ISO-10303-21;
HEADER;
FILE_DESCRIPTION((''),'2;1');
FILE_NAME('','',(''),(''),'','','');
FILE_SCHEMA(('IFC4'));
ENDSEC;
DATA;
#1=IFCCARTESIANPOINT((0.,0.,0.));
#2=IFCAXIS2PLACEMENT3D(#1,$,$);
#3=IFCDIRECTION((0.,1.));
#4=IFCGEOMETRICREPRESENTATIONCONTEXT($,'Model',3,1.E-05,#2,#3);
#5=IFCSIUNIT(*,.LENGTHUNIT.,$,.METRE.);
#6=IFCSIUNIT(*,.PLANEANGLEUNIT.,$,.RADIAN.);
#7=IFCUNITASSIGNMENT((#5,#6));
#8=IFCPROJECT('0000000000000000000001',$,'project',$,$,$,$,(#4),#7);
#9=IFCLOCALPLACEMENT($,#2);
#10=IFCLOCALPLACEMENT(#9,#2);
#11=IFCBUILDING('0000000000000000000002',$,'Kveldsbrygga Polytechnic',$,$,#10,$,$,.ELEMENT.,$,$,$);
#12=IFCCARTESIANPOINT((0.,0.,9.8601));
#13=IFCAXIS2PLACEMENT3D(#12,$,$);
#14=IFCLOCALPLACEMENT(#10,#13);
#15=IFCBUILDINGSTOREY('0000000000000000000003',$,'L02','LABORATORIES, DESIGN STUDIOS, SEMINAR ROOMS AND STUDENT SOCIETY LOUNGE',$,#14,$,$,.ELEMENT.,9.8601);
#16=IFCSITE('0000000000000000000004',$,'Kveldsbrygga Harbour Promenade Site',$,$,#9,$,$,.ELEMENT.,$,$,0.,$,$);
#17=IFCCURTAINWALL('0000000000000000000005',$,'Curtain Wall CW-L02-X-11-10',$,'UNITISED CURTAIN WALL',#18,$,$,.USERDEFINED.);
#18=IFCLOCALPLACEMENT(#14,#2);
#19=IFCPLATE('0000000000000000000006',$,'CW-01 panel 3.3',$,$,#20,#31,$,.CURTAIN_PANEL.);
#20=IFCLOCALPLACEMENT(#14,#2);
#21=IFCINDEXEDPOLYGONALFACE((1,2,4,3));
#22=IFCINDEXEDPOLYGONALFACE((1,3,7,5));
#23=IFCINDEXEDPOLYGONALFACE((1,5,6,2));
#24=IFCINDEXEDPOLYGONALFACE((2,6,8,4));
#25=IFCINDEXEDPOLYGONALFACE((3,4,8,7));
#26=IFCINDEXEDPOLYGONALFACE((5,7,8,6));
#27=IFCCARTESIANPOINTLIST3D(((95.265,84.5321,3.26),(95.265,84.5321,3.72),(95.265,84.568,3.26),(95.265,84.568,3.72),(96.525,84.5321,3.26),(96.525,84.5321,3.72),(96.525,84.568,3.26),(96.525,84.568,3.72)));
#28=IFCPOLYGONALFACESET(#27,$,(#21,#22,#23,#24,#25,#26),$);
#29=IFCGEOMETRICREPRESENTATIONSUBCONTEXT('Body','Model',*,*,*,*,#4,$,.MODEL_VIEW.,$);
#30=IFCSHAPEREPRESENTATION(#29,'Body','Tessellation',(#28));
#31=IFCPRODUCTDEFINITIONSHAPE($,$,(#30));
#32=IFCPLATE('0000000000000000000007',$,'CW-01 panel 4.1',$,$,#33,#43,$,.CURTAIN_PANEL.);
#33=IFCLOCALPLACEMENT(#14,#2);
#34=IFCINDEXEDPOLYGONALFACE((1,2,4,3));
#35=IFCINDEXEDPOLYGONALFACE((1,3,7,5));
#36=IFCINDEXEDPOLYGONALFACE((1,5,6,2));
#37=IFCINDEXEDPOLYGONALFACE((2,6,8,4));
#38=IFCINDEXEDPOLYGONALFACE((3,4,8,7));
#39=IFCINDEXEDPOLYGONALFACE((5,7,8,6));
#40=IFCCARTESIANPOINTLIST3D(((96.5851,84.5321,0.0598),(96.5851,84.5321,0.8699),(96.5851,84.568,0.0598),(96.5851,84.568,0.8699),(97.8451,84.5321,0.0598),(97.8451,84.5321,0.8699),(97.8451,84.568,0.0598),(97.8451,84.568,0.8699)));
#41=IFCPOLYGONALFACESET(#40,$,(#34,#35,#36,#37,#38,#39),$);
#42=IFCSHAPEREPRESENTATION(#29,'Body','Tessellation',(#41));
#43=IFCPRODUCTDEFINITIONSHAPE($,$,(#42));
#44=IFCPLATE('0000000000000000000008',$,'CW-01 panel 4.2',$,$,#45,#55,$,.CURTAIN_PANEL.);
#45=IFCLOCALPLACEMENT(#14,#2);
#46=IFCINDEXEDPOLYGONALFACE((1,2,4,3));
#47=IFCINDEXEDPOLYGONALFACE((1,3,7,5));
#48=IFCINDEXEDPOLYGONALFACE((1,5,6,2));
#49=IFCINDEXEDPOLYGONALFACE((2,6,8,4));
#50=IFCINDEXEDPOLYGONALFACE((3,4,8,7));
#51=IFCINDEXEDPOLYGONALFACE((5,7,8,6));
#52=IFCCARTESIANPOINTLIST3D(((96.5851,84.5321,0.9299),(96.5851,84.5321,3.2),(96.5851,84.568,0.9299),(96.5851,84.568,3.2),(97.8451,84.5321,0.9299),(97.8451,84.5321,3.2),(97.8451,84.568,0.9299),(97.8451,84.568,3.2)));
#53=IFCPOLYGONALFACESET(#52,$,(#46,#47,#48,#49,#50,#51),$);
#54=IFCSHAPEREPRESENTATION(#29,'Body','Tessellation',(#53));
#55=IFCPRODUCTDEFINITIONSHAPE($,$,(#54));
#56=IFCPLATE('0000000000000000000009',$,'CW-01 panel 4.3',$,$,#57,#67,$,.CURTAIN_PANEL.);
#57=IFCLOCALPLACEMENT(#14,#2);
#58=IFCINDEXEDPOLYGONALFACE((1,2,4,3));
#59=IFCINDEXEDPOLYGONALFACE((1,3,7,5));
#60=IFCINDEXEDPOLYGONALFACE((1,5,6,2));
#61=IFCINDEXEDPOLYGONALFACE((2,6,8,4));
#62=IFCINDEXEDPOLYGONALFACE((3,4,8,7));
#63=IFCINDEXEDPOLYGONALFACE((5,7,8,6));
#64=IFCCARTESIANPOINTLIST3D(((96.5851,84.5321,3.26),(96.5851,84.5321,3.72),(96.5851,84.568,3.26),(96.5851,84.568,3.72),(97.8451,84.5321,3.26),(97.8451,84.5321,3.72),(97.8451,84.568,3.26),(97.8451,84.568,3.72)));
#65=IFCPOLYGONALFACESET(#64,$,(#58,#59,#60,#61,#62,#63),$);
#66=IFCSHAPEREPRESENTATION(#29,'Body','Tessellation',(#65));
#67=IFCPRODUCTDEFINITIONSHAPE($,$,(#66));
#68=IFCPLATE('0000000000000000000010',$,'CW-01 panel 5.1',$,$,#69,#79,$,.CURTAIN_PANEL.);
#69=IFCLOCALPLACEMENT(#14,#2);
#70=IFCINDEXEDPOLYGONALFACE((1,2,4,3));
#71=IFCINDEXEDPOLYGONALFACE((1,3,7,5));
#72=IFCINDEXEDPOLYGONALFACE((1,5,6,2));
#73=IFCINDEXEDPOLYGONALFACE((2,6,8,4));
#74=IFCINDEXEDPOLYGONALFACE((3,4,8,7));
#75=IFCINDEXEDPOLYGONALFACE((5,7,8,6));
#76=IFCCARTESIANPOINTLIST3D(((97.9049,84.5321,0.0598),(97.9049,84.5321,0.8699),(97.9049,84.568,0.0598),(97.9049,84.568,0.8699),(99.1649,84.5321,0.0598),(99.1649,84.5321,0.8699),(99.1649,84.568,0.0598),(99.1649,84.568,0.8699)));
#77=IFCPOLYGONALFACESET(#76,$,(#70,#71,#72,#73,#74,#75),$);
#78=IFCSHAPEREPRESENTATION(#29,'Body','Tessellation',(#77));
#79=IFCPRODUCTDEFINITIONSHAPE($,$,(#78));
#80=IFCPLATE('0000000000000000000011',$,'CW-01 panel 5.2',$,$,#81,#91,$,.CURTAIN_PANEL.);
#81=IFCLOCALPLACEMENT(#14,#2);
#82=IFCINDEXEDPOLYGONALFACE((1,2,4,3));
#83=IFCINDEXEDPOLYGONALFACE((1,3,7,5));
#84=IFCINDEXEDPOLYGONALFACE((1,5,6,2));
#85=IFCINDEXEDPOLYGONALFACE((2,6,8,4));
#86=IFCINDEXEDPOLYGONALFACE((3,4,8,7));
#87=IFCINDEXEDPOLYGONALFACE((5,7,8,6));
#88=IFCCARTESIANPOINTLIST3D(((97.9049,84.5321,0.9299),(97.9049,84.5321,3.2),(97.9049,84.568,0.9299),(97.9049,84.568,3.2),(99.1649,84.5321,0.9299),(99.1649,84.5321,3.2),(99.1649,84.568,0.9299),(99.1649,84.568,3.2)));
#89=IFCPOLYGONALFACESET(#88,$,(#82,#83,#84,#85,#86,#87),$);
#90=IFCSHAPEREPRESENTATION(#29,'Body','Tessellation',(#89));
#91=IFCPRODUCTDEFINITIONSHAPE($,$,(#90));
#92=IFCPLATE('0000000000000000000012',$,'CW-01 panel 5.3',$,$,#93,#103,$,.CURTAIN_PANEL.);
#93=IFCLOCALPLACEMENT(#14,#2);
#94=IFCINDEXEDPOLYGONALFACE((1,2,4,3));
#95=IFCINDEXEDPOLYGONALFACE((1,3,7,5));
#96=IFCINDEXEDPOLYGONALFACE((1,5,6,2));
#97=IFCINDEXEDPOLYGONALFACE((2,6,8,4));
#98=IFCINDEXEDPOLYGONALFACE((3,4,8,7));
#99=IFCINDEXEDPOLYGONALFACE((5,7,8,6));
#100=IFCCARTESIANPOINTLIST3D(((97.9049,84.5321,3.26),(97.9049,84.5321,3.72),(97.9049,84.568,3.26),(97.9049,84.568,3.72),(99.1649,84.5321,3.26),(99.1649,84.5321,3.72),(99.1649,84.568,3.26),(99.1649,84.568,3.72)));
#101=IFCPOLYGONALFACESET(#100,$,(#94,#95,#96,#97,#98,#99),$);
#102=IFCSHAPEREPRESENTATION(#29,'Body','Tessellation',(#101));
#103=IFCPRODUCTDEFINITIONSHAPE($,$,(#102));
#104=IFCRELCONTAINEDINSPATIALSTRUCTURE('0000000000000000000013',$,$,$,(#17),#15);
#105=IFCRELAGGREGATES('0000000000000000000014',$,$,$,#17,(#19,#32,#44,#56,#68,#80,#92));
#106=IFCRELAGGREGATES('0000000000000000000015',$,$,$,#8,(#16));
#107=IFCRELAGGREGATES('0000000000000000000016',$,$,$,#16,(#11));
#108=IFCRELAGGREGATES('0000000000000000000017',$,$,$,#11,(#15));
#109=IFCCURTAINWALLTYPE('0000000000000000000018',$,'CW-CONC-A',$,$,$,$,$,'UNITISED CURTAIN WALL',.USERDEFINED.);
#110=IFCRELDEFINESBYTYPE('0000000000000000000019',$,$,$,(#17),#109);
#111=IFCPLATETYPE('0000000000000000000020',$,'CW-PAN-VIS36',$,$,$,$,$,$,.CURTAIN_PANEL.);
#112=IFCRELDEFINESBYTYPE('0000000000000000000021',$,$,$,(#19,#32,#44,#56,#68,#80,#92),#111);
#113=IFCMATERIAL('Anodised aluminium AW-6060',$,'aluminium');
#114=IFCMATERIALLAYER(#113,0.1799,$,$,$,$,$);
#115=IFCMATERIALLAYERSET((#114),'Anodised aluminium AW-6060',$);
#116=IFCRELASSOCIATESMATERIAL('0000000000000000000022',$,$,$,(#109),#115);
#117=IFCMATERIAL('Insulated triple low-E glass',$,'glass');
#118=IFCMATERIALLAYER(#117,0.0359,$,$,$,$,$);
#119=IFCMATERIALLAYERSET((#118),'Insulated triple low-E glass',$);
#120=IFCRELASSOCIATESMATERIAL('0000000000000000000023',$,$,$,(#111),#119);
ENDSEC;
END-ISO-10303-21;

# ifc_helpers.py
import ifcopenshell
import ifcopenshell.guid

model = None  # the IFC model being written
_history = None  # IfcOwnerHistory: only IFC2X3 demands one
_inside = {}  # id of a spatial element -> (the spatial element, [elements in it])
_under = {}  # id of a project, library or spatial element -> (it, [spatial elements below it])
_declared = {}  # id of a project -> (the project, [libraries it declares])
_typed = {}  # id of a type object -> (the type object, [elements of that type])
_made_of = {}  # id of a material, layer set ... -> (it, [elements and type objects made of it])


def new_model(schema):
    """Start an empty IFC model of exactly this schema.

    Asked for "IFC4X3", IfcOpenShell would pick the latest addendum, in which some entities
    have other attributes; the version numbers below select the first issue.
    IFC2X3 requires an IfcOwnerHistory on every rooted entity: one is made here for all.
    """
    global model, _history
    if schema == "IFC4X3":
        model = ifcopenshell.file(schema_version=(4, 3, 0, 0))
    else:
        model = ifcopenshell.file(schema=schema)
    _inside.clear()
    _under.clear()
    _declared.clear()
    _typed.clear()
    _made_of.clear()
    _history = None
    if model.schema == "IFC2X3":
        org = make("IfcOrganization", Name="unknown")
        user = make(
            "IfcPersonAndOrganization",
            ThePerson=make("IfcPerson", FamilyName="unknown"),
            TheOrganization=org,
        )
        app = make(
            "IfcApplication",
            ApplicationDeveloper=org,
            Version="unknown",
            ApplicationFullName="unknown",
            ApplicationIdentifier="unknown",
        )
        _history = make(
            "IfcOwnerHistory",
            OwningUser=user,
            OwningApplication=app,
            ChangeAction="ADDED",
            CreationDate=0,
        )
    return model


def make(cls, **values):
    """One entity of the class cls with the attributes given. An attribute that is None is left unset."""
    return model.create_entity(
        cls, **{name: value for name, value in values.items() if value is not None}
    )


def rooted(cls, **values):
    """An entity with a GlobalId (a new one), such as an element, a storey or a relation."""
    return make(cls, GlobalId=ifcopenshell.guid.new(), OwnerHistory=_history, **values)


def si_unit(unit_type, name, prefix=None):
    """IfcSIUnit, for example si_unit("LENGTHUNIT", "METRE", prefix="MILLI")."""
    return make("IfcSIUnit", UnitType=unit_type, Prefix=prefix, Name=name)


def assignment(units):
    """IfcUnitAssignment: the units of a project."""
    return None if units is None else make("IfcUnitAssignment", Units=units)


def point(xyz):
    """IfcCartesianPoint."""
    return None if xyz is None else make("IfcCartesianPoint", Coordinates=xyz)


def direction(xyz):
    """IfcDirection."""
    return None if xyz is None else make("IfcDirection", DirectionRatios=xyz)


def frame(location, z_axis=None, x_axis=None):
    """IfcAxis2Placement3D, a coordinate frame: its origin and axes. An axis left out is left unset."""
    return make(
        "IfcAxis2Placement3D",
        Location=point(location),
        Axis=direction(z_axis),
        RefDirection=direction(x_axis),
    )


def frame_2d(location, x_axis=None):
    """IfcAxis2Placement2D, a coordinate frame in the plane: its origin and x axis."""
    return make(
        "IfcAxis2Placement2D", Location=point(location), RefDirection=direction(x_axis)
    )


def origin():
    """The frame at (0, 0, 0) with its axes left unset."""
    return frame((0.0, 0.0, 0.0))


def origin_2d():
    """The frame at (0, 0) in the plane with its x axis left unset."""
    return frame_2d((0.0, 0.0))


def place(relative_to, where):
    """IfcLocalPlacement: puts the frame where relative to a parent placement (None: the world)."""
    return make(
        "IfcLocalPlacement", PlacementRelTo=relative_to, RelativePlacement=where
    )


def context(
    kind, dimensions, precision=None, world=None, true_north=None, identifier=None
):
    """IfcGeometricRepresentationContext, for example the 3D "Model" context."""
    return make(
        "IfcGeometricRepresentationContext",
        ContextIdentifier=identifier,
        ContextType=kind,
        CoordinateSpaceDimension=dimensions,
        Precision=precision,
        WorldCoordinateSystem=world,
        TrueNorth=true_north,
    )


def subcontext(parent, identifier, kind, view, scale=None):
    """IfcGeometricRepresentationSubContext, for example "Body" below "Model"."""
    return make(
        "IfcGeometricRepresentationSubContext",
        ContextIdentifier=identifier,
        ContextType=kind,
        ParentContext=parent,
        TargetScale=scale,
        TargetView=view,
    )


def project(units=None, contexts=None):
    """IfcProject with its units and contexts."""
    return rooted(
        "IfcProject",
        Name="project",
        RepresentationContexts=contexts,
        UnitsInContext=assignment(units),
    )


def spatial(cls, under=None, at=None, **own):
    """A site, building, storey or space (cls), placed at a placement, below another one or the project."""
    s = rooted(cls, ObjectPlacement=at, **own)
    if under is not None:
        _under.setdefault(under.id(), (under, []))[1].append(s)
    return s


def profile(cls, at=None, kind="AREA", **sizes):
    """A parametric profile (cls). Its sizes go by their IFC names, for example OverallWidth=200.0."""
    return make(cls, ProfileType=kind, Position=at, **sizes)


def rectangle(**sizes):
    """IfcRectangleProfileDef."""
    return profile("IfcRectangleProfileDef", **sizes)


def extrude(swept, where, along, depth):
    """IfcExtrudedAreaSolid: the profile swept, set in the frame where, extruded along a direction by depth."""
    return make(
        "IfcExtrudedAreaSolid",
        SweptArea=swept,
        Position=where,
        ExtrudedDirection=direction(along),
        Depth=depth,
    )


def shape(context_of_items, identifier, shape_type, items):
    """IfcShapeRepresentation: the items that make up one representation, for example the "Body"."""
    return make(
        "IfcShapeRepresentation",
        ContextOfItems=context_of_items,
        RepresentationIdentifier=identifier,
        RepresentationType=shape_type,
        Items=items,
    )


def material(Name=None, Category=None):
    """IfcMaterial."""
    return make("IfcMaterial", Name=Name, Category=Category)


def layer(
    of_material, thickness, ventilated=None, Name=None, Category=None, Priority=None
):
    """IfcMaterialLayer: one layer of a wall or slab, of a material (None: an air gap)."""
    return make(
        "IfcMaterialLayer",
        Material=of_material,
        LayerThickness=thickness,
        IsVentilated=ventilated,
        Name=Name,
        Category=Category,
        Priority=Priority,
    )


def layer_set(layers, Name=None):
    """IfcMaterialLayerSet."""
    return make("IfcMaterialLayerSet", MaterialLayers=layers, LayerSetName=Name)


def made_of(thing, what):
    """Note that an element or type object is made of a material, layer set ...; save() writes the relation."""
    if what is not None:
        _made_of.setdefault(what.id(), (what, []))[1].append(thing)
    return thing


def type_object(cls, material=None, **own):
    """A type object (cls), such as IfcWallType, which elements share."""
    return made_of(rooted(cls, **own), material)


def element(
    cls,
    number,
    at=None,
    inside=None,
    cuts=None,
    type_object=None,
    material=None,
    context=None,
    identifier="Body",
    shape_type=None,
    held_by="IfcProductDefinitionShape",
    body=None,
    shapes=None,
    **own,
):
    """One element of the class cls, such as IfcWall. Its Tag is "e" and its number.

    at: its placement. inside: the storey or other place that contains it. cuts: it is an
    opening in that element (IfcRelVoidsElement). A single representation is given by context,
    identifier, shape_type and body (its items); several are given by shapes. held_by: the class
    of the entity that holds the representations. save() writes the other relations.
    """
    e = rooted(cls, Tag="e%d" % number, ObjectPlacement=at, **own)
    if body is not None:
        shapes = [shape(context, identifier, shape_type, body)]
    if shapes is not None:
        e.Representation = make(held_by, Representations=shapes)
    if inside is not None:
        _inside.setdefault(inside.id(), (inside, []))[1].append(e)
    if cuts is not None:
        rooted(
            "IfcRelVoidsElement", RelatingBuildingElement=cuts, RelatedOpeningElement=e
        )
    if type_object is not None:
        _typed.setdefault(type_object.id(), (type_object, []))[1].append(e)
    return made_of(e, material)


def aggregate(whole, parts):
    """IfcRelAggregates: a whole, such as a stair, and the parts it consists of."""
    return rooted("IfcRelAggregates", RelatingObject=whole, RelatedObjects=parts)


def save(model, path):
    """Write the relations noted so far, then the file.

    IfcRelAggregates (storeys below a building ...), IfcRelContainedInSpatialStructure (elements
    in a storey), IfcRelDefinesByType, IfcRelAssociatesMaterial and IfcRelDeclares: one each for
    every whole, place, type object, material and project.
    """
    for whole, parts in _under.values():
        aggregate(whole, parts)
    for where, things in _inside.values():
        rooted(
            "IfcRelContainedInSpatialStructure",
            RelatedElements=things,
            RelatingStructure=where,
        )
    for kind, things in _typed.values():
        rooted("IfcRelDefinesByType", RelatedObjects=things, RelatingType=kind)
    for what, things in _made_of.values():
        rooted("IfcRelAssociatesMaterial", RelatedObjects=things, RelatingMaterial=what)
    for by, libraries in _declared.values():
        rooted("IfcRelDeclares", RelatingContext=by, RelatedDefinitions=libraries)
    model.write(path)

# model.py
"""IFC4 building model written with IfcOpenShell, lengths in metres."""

from ifc_helpers import new_model, si_unit, direction, frame, origin, origin_2d, place, context, subcontext, project, spatial, rectangle, extrude, material, layer, layer_set, type_object, element, aggregate, save


model = new_model("IFC4")

# Units and contexts
model_context = context("Model", 3, precision=1e-05, world=origin(), true_north=direction((0.0, 1.0)))
body_context = subcontext(model_context, "Body", "Model", "MODEL_VIEW")
ifc_project = project(units=[si_unit("LENGTHUNIT", "METRE"), si_unit("PLANEANGLEUNIT", "RADIAN")], contexts=[model_context])

# Site, building, storey
site_placement = place(None, origin())
site = spatial("IfcSite", under=ifc_project, at=site_placement, Name="Kveldsbrygga Harbour Promenade Site", CompositionType="ELEMENT", RefElevation=0.0)
building_placement = place(site_placement, origin())
building = spatial("IfcBuilding", under=site, at=building_placement, Name="Kveldsbrygga Polytechnic", CompositionType="ELEMENT")
storey_placement = place(building_placement, frame((0.0, 0.0, 9.8601)))
storey = spatial("IfcBuildingStorey", under=building, at=storey_placement, Name="L02", Description="LABORATORIES, DESIGN STUDIOS, SEMINAR ROOMS AND STUDENT SOCIETY LOUNGE", CompositionType="ELEMENT", Elevation=9.8601)

# Curtain wall, plates
ifc_material_1 = material(Name="Anodised aluminium AW-6060", Category="aluminium")
ifc_layer_1 = layer(ifc_material_1, 0.1799)
ifc_layer_set_1 = layer_set([ifc_layer_1], Name="Anodised aluminium AW-6060")
curtain_wall_type = type_object("IfcCurtainWallType", Name="CW-CONC-A", ElementType="UNITISED CURTAIN WALL", PredefinedType="USERDEFINED", material=ifc_layer_set_1)
curtain_wall_placement = place(storey_placement, origin())
curtain_wall = element("IfcCurtainWall", 1, at=curtain_wall_placement, inside=storey, type_object=curtain_wall_type, Name="Curtain Wall CW-L02-X-11-10", ObjectType="UNITISED CURTAIN WALL", PredefinedType="USERDEFINED")
ifc_material_2 = material(Name="Insulated triple low-E glass", Category="glass")
ifc_layer_2 = layer(ifc_material_2, 0.0359)
ifc_layer_set_2 = layer_set([ifc_layer_2], Name="Insulated triple low-E glass")
plate_type = type_object("IfcPlateType", Name="CW-PAN-VIS36", PredefinedType="CURTAIN_PANEL", material=ifc_layer_set_2)
plate_1_placement = place(storey_placement, frame((95.895, 84.55, 3.26), z_axis=(0.0, 0.0, 1.0), x_axis=(1.0, 0.0, 0.0)))
plate_1 = element("IfcPlate", 2, at=plate_1_placement, type_object=plate_type, Name="CW-01 panel 3.3", PredefinedType="CURTAIN_PANEL", context=body_context, shape_type="SweptSolid", body=[
    extrude(rectangle(XDim=1.26, YDim=0.0359, at=origin_2d()), origin(), (0.0, 0.0, 1.0), 0.46),
])
plate_2_placement = place(storey_placement, frame((97.2151, 84.55, 0.0598), z_axis=(0.0, 0.0, 1.0), x_axis=(1.0, 0.0, 0.0)))
plate_2 = element("IfcPlate", 3, at=plate_2_placement, type_object=plate_type, Name="CW-01 panel 4.1", PredefinedType="CURTAIN_PANEL", context=body_context, shape_type="SweptSolid", body=[
    extrude(rectangle(XDim=1.26, YDim=0.0359, at=origin_2d()), origin(), (0.0, 0.0, 1.0), 0.8101),
])
plate_3_placement = place(storey_placement, frame((97.2151, 84.55, 0.9299), z_axis=(0.0, 0.0, 1.0), x_axis=(1.0, 0.0, 0.0)))
plate_3 = element("IfcPlate", 4, at=plate_3_placement, type_object=plate_type, Name="CW-01 panel 4.2", PredefinedType="CURTAIN_PANEL", context=body_context, shape_type="SweptSolid", body=[
    extrude(rectangle(XDim=1.26, YDim=0.0359, at=origin_2d()), origin(), (0.0, 0.0, 1.0), 2.27),
])
plate_4_placement = place(storey_placement, frame((97.2151, 84.55, 3.26), z_axis=(0.0, 0.0, 1.0), x_axis=(1.0, 0.0, 0.0)))
plate_4 = element("IfcPlate", 5, at=plate_4_placement, type_object=plate_type, Name="CW-01 panel 4.3", PredefinedType="CURTAIN_PANEL", context=body_context, shape_type="SweptSolid", body=[
    extrude(rectangle(XDim=1.26, YDim=0.0359, at=origin_2d()), origin(), (0.0, 0.0, 1.0), 0.46),
])
plate_5_placement = place(storey_placement, frame((98.5349, 84.55, 0.0598), z_axis=(0.0, 0.0, 1.0), x_axis=(1.0, 0.0, 0.0)))
plate_5 = element("IfcPlate", 6, at=plate_5_placement, type_object=plate_type, Name="CW-01 panel 5.1", PredefinedType="CURTAIN_PANEL", context=body_context, shape_type="SweptSolid", body=[
    extrude(rectangle(XDim=1.26, YDim=0.0359, at=origin_2d()), origin(), (0.0, 0.0, 1.0), 0.8101),
])
plate_6_placement = place(storey_placement, frame((98.5349, 84.55, 0.9299), z_axis=(0.0, 0.0, 1.0), x_axis=(1.0, 0.0, 0.0)))
plate_6 = element("IfcPlate", 7, at=plate_6_placement, type_object=plate_type, Name="CW-01 panel 5.2", PredefinedType="CURTAIN_PANEL", context=body_context, shape_type="SweptSolid", body=[
    extrude(rectangle(XDim=1.26, YDim=0.0359, at=origin_2d()), origin(), (0.0, 0.0, 1.0), 2.27),
])
plate_7_placement = place(storey_placement, frame((98.5349, 84.55, 3.26), z_axis=(0.0, 0.0, 1.0), x_axis=(1.0, 0.0, 0.0)))
plate_7 = element("IfcPlate", 8, at=plate_7_placement, type_object=plate_type, Name="CW-01 panel 5.3", PredefinedType="CURTAIN_PANEL", context=body_context, shape_type="SweptSolid", body=[
    extrude(rectangle(XDim=1.26, YDim=0.0359, at=origin_2d()), origin(), (0.0, 0.0, 1.0), 0.46),
])
aggregate(curtain_wall, [plate_1, plate_2, plate_3, plate_4, plate_5, plate_6, plate_7])

save(model, "model.ifc")
